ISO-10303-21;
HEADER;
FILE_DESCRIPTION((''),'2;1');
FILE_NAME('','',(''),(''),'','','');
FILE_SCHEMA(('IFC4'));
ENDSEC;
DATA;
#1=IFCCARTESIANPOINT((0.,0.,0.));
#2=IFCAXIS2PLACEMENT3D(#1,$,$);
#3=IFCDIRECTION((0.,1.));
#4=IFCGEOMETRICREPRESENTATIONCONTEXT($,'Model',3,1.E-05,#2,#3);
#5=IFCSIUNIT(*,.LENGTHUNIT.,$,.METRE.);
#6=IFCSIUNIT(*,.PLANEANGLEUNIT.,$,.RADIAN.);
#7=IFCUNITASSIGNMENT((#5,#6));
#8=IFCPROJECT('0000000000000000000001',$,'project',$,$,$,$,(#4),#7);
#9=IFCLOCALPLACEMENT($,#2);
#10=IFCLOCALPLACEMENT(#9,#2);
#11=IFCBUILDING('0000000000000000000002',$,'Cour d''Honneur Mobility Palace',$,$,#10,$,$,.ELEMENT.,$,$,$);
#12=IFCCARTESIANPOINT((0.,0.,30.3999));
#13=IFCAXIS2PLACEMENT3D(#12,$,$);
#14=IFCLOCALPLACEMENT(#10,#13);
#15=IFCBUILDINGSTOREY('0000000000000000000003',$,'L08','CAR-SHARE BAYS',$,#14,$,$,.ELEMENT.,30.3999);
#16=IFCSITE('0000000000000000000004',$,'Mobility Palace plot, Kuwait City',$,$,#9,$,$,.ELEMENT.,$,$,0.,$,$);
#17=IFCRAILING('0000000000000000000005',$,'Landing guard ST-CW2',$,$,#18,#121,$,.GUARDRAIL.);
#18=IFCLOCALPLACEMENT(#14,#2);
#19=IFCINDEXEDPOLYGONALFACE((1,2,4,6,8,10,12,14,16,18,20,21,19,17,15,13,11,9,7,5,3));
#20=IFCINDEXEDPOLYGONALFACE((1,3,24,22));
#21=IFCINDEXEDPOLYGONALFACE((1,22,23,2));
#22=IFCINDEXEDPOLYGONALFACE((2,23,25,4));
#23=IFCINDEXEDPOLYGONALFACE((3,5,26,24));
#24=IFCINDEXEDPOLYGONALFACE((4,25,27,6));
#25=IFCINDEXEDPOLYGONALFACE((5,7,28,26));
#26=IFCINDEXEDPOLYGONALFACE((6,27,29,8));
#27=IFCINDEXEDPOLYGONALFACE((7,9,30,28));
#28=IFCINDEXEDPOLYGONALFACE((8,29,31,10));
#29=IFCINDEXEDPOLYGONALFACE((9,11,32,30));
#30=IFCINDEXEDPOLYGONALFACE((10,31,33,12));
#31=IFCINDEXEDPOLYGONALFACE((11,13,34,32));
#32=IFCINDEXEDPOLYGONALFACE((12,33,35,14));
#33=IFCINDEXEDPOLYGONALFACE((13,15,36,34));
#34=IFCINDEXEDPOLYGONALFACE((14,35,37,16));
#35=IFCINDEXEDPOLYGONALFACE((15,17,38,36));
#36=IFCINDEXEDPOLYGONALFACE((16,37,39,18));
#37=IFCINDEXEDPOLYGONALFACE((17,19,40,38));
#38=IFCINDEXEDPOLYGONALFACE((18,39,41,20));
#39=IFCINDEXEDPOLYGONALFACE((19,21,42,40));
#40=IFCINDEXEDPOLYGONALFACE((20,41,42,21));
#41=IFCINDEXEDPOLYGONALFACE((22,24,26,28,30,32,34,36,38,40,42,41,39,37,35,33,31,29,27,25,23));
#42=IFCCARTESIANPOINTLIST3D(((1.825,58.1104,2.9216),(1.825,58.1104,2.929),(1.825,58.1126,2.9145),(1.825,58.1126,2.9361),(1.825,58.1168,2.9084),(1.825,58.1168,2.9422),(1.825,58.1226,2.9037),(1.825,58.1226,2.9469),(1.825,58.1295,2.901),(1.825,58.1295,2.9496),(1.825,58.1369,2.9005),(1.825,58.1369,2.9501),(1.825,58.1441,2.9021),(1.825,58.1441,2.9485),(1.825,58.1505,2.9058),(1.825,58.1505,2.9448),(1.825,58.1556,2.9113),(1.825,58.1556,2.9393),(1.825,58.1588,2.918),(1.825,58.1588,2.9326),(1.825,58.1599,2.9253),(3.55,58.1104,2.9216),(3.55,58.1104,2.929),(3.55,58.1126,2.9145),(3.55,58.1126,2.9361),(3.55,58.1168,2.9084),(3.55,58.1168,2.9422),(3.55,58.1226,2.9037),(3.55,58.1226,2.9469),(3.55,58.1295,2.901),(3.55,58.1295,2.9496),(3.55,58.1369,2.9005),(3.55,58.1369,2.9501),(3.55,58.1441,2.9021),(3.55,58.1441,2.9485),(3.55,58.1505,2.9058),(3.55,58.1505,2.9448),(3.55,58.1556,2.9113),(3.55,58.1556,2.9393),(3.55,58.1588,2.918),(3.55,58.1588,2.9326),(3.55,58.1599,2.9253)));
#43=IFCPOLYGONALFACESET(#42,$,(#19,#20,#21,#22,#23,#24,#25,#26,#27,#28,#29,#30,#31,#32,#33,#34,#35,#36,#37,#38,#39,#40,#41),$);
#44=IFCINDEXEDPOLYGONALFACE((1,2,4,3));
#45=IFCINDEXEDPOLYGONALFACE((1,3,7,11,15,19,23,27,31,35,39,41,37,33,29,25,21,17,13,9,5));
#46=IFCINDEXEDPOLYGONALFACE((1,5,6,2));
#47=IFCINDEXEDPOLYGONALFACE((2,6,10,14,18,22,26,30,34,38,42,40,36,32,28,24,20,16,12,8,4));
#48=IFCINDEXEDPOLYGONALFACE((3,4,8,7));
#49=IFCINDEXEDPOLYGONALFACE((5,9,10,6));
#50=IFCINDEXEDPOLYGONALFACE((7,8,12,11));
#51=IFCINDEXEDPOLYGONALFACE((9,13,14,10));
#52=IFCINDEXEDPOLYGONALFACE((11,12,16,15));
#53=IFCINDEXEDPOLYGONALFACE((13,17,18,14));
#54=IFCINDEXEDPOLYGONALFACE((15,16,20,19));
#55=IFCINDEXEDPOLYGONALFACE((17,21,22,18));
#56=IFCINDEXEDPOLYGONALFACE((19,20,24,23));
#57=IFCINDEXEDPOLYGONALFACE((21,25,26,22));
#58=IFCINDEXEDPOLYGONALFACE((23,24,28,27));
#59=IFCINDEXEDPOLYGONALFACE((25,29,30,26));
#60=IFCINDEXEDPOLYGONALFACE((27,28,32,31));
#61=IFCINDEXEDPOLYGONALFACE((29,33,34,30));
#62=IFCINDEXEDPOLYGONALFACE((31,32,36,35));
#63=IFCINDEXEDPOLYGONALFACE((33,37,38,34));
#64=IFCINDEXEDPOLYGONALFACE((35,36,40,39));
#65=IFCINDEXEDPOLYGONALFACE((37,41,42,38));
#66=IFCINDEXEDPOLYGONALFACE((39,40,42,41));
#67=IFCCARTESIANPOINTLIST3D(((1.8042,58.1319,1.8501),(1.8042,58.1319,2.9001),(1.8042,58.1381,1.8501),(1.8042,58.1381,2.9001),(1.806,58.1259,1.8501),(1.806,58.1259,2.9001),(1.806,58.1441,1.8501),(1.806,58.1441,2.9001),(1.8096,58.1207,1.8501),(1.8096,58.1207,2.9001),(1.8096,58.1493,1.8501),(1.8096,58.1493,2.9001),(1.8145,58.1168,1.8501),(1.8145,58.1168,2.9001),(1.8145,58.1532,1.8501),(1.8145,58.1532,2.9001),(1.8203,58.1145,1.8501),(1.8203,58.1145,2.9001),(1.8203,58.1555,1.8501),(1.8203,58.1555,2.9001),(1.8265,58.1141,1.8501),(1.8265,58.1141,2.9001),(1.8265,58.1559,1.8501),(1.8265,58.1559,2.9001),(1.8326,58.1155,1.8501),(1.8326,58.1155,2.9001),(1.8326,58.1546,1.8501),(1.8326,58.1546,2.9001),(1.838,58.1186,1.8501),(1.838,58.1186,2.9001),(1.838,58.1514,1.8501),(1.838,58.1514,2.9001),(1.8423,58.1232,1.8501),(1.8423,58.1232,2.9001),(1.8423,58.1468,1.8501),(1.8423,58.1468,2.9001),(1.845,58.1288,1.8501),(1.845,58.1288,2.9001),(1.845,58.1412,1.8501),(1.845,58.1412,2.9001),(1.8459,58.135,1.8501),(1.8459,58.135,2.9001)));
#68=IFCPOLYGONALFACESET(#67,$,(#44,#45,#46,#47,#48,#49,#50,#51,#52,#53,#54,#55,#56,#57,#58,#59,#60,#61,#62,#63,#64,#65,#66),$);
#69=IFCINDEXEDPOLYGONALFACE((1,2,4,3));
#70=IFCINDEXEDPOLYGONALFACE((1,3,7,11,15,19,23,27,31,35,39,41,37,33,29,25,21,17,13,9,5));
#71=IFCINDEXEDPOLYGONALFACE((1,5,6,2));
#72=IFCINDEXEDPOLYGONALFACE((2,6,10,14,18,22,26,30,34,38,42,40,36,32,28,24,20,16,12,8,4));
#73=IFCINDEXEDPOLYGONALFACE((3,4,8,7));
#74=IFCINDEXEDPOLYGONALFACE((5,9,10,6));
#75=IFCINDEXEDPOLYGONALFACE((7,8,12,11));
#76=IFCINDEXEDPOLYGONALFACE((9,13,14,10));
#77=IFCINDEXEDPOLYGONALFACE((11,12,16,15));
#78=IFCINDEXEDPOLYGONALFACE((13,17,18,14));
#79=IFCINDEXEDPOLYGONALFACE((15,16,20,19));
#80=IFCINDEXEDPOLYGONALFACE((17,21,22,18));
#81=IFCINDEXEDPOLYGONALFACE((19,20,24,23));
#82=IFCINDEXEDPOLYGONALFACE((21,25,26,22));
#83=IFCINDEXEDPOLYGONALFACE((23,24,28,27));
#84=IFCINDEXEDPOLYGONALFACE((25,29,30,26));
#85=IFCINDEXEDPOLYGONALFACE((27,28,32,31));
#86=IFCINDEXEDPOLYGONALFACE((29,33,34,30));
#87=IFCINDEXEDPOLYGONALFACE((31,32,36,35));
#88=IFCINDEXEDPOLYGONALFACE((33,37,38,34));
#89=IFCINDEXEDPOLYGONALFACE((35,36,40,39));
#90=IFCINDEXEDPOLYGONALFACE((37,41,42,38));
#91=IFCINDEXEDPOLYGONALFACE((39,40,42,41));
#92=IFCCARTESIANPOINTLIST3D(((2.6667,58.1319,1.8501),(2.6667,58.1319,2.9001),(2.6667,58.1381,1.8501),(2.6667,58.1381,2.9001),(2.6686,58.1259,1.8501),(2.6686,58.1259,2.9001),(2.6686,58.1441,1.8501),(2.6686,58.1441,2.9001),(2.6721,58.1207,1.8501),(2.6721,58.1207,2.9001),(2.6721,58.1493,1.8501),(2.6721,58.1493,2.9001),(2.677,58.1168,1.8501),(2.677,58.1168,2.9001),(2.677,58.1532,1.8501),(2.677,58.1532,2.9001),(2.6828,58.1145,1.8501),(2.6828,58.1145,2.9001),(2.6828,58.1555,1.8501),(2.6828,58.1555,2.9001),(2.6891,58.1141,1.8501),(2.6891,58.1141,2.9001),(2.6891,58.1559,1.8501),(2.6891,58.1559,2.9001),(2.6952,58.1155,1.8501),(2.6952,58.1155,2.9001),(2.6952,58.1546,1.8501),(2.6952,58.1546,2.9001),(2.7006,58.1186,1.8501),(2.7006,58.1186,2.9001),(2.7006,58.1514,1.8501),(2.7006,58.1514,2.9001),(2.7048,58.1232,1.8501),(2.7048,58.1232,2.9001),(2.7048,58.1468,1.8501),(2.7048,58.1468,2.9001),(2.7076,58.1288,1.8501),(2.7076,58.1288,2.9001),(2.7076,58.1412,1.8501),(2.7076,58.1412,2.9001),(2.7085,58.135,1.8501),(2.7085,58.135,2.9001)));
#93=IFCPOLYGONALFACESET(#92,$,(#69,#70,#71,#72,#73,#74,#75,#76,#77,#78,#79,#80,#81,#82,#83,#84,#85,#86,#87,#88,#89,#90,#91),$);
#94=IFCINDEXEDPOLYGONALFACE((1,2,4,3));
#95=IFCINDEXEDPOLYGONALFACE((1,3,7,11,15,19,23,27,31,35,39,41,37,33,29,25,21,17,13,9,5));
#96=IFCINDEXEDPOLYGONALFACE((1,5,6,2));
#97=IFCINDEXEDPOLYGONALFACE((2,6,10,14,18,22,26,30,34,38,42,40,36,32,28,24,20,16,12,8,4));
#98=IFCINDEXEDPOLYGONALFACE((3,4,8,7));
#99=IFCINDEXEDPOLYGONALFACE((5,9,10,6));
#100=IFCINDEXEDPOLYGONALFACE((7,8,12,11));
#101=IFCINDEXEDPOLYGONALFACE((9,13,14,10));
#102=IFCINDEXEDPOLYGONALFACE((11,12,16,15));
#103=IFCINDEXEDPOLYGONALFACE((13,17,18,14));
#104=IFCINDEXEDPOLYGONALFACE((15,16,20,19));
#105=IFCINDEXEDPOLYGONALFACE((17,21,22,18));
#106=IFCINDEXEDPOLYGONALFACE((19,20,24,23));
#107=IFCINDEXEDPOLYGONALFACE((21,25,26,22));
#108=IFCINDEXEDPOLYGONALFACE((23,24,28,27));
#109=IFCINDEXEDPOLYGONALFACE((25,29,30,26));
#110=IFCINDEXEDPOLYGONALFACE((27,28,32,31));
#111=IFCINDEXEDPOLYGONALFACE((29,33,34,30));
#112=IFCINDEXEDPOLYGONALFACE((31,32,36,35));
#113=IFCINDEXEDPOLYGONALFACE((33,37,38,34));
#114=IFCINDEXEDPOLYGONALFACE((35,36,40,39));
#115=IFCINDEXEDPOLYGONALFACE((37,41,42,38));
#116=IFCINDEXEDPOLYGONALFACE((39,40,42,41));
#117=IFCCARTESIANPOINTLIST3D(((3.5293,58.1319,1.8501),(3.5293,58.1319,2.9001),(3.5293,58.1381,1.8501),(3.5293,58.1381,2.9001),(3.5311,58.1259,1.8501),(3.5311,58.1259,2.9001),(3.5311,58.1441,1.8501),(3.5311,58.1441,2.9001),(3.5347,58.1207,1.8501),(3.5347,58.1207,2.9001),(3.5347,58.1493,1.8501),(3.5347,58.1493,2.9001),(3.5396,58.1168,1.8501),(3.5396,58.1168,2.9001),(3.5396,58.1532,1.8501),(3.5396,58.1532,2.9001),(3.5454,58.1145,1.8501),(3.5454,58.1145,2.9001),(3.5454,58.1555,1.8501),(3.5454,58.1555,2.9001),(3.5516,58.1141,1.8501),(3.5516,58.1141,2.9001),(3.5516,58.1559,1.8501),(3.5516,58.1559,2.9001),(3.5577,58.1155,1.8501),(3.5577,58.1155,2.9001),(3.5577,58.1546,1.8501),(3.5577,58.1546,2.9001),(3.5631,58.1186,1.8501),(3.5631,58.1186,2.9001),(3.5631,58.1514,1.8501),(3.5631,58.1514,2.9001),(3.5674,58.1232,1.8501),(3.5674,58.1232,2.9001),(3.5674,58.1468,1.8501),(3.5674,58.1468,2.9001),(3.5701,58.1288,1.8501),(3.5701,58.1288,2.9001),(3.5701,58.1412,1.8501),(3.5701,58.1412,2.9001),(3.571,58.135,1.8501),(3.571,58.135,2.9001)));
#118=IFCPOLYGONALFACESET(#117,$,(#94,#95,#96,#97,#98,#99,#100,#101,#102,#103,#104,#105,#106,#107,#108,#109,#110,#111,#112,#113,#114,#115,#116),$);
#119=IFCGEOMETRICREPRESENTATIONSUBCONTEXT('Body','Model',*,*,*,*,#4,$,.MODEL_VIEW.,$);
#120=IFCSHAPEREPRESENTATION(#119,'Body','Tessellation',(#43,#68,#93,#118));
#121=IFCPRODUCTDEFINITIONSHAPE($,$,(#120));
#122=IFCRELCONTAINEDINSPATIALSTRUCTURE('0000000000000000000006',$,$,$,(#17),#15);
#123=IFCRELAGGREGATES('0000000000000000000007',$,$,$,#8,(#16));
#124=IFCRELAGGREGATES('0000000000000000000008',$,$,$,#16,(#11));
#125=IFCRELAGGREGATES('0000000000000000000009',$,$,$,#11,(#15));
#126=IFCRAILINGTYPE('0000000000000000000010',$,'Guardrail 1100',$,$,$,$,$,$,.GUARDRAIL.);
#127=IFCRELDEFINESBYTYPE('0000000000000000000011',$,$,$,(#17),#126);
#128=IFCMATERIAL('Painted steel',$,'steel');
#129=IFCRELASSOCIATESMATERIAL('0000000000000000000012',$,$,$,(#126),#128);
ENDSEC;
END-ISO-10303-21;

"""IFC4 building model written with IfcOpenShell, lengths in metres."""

from ifc_helpers import new_model, si_unit, direction, frame, origin, origin_2d, place, context, subcontext, project, spatial, circle, extrude, material, type_object, element, save


model = new_model("IFC4")

# Units and contexts
model_context = context("Model", 3, precision=1e-05, world=origin(), true_north=direction((0.0, 1.0)))
body_context = subcontext(model_context, "Body", "Model", "MODEL_VIEW")
ifc_project = project(units=[si_unit("LENGTHUNIT", "METRE"), si_unit("PLANEANGLEUNIT", "RADIAN")], contexts=[model_context])

# Site, building, storey
site_placement = place(None, origin())
site = spatial("IfcSite", under=ifc_project, at=site_placement, Name="Mobility Palace plot, Kuwait City", CompositionType="ELEMENT", RefElevation=0.0)
building_placement = place(site_placement, origin())
building = spatial("IfcBuilding", under=site, at=building_placement, Name="Cour d'Honneur Mobility Palace", CompositionType="ELEMENT")
storey_placement = place(building_placement, frame((0.0, 0.0, 30.3999)))
storey = spatial("IfcBuildingStorey", under=building, at=storey_placement, Name="L08", Description="CAR-SHARE BAYS", CompositionType="ELEMENT", Elevation=30.3999)

# Railing
ifc_material_1 = material(Name="Painted steel", Category="steel")
railing_type_1 = type_object("IfcRailingType", Name="Guardrail 1100", PredefinedType="GUARDRAIL", material=ifc_material_1)
railing_1_placement = place(storey_placement, frame((1.825, 58.135, 1.8501)))
element("IfcRailing", 1, at=railing_1_placement, inside=storey, type_object=railing_type_1, Name="Landing guard ST-CW2", PredefinedType="GUARDRAIL", context=body_context, shape_type="SweptSolid", body=[
    extrude(circle(Radius=0.0249, at=origin_2d()), frame((0.0, 0.0, 1.0752), z_axis=(1.0, 0.0, 0.0), x_axis=(0.0, 1.0, 0.0)), (0.0, 0.0, 1.0), 1.7251),
    extrude(circle(Radius=0.021, at=origin_2d()), origin(), (0.0, 0.0, 1.0), 1.05),
    extrude(circle(Radius=0.021, at=origin_2d()), frame((0.8625, 0.0, 0.0)), (0.0, 0.0, 1.0), 1.05),
    extrude(circle(Radius=0.021, at=origin_2d()), frame((1.7251, 0.0, 0.0)), (0.0, 0.0, 1.0), 1.05),
])

save(model, "model.ifc")
